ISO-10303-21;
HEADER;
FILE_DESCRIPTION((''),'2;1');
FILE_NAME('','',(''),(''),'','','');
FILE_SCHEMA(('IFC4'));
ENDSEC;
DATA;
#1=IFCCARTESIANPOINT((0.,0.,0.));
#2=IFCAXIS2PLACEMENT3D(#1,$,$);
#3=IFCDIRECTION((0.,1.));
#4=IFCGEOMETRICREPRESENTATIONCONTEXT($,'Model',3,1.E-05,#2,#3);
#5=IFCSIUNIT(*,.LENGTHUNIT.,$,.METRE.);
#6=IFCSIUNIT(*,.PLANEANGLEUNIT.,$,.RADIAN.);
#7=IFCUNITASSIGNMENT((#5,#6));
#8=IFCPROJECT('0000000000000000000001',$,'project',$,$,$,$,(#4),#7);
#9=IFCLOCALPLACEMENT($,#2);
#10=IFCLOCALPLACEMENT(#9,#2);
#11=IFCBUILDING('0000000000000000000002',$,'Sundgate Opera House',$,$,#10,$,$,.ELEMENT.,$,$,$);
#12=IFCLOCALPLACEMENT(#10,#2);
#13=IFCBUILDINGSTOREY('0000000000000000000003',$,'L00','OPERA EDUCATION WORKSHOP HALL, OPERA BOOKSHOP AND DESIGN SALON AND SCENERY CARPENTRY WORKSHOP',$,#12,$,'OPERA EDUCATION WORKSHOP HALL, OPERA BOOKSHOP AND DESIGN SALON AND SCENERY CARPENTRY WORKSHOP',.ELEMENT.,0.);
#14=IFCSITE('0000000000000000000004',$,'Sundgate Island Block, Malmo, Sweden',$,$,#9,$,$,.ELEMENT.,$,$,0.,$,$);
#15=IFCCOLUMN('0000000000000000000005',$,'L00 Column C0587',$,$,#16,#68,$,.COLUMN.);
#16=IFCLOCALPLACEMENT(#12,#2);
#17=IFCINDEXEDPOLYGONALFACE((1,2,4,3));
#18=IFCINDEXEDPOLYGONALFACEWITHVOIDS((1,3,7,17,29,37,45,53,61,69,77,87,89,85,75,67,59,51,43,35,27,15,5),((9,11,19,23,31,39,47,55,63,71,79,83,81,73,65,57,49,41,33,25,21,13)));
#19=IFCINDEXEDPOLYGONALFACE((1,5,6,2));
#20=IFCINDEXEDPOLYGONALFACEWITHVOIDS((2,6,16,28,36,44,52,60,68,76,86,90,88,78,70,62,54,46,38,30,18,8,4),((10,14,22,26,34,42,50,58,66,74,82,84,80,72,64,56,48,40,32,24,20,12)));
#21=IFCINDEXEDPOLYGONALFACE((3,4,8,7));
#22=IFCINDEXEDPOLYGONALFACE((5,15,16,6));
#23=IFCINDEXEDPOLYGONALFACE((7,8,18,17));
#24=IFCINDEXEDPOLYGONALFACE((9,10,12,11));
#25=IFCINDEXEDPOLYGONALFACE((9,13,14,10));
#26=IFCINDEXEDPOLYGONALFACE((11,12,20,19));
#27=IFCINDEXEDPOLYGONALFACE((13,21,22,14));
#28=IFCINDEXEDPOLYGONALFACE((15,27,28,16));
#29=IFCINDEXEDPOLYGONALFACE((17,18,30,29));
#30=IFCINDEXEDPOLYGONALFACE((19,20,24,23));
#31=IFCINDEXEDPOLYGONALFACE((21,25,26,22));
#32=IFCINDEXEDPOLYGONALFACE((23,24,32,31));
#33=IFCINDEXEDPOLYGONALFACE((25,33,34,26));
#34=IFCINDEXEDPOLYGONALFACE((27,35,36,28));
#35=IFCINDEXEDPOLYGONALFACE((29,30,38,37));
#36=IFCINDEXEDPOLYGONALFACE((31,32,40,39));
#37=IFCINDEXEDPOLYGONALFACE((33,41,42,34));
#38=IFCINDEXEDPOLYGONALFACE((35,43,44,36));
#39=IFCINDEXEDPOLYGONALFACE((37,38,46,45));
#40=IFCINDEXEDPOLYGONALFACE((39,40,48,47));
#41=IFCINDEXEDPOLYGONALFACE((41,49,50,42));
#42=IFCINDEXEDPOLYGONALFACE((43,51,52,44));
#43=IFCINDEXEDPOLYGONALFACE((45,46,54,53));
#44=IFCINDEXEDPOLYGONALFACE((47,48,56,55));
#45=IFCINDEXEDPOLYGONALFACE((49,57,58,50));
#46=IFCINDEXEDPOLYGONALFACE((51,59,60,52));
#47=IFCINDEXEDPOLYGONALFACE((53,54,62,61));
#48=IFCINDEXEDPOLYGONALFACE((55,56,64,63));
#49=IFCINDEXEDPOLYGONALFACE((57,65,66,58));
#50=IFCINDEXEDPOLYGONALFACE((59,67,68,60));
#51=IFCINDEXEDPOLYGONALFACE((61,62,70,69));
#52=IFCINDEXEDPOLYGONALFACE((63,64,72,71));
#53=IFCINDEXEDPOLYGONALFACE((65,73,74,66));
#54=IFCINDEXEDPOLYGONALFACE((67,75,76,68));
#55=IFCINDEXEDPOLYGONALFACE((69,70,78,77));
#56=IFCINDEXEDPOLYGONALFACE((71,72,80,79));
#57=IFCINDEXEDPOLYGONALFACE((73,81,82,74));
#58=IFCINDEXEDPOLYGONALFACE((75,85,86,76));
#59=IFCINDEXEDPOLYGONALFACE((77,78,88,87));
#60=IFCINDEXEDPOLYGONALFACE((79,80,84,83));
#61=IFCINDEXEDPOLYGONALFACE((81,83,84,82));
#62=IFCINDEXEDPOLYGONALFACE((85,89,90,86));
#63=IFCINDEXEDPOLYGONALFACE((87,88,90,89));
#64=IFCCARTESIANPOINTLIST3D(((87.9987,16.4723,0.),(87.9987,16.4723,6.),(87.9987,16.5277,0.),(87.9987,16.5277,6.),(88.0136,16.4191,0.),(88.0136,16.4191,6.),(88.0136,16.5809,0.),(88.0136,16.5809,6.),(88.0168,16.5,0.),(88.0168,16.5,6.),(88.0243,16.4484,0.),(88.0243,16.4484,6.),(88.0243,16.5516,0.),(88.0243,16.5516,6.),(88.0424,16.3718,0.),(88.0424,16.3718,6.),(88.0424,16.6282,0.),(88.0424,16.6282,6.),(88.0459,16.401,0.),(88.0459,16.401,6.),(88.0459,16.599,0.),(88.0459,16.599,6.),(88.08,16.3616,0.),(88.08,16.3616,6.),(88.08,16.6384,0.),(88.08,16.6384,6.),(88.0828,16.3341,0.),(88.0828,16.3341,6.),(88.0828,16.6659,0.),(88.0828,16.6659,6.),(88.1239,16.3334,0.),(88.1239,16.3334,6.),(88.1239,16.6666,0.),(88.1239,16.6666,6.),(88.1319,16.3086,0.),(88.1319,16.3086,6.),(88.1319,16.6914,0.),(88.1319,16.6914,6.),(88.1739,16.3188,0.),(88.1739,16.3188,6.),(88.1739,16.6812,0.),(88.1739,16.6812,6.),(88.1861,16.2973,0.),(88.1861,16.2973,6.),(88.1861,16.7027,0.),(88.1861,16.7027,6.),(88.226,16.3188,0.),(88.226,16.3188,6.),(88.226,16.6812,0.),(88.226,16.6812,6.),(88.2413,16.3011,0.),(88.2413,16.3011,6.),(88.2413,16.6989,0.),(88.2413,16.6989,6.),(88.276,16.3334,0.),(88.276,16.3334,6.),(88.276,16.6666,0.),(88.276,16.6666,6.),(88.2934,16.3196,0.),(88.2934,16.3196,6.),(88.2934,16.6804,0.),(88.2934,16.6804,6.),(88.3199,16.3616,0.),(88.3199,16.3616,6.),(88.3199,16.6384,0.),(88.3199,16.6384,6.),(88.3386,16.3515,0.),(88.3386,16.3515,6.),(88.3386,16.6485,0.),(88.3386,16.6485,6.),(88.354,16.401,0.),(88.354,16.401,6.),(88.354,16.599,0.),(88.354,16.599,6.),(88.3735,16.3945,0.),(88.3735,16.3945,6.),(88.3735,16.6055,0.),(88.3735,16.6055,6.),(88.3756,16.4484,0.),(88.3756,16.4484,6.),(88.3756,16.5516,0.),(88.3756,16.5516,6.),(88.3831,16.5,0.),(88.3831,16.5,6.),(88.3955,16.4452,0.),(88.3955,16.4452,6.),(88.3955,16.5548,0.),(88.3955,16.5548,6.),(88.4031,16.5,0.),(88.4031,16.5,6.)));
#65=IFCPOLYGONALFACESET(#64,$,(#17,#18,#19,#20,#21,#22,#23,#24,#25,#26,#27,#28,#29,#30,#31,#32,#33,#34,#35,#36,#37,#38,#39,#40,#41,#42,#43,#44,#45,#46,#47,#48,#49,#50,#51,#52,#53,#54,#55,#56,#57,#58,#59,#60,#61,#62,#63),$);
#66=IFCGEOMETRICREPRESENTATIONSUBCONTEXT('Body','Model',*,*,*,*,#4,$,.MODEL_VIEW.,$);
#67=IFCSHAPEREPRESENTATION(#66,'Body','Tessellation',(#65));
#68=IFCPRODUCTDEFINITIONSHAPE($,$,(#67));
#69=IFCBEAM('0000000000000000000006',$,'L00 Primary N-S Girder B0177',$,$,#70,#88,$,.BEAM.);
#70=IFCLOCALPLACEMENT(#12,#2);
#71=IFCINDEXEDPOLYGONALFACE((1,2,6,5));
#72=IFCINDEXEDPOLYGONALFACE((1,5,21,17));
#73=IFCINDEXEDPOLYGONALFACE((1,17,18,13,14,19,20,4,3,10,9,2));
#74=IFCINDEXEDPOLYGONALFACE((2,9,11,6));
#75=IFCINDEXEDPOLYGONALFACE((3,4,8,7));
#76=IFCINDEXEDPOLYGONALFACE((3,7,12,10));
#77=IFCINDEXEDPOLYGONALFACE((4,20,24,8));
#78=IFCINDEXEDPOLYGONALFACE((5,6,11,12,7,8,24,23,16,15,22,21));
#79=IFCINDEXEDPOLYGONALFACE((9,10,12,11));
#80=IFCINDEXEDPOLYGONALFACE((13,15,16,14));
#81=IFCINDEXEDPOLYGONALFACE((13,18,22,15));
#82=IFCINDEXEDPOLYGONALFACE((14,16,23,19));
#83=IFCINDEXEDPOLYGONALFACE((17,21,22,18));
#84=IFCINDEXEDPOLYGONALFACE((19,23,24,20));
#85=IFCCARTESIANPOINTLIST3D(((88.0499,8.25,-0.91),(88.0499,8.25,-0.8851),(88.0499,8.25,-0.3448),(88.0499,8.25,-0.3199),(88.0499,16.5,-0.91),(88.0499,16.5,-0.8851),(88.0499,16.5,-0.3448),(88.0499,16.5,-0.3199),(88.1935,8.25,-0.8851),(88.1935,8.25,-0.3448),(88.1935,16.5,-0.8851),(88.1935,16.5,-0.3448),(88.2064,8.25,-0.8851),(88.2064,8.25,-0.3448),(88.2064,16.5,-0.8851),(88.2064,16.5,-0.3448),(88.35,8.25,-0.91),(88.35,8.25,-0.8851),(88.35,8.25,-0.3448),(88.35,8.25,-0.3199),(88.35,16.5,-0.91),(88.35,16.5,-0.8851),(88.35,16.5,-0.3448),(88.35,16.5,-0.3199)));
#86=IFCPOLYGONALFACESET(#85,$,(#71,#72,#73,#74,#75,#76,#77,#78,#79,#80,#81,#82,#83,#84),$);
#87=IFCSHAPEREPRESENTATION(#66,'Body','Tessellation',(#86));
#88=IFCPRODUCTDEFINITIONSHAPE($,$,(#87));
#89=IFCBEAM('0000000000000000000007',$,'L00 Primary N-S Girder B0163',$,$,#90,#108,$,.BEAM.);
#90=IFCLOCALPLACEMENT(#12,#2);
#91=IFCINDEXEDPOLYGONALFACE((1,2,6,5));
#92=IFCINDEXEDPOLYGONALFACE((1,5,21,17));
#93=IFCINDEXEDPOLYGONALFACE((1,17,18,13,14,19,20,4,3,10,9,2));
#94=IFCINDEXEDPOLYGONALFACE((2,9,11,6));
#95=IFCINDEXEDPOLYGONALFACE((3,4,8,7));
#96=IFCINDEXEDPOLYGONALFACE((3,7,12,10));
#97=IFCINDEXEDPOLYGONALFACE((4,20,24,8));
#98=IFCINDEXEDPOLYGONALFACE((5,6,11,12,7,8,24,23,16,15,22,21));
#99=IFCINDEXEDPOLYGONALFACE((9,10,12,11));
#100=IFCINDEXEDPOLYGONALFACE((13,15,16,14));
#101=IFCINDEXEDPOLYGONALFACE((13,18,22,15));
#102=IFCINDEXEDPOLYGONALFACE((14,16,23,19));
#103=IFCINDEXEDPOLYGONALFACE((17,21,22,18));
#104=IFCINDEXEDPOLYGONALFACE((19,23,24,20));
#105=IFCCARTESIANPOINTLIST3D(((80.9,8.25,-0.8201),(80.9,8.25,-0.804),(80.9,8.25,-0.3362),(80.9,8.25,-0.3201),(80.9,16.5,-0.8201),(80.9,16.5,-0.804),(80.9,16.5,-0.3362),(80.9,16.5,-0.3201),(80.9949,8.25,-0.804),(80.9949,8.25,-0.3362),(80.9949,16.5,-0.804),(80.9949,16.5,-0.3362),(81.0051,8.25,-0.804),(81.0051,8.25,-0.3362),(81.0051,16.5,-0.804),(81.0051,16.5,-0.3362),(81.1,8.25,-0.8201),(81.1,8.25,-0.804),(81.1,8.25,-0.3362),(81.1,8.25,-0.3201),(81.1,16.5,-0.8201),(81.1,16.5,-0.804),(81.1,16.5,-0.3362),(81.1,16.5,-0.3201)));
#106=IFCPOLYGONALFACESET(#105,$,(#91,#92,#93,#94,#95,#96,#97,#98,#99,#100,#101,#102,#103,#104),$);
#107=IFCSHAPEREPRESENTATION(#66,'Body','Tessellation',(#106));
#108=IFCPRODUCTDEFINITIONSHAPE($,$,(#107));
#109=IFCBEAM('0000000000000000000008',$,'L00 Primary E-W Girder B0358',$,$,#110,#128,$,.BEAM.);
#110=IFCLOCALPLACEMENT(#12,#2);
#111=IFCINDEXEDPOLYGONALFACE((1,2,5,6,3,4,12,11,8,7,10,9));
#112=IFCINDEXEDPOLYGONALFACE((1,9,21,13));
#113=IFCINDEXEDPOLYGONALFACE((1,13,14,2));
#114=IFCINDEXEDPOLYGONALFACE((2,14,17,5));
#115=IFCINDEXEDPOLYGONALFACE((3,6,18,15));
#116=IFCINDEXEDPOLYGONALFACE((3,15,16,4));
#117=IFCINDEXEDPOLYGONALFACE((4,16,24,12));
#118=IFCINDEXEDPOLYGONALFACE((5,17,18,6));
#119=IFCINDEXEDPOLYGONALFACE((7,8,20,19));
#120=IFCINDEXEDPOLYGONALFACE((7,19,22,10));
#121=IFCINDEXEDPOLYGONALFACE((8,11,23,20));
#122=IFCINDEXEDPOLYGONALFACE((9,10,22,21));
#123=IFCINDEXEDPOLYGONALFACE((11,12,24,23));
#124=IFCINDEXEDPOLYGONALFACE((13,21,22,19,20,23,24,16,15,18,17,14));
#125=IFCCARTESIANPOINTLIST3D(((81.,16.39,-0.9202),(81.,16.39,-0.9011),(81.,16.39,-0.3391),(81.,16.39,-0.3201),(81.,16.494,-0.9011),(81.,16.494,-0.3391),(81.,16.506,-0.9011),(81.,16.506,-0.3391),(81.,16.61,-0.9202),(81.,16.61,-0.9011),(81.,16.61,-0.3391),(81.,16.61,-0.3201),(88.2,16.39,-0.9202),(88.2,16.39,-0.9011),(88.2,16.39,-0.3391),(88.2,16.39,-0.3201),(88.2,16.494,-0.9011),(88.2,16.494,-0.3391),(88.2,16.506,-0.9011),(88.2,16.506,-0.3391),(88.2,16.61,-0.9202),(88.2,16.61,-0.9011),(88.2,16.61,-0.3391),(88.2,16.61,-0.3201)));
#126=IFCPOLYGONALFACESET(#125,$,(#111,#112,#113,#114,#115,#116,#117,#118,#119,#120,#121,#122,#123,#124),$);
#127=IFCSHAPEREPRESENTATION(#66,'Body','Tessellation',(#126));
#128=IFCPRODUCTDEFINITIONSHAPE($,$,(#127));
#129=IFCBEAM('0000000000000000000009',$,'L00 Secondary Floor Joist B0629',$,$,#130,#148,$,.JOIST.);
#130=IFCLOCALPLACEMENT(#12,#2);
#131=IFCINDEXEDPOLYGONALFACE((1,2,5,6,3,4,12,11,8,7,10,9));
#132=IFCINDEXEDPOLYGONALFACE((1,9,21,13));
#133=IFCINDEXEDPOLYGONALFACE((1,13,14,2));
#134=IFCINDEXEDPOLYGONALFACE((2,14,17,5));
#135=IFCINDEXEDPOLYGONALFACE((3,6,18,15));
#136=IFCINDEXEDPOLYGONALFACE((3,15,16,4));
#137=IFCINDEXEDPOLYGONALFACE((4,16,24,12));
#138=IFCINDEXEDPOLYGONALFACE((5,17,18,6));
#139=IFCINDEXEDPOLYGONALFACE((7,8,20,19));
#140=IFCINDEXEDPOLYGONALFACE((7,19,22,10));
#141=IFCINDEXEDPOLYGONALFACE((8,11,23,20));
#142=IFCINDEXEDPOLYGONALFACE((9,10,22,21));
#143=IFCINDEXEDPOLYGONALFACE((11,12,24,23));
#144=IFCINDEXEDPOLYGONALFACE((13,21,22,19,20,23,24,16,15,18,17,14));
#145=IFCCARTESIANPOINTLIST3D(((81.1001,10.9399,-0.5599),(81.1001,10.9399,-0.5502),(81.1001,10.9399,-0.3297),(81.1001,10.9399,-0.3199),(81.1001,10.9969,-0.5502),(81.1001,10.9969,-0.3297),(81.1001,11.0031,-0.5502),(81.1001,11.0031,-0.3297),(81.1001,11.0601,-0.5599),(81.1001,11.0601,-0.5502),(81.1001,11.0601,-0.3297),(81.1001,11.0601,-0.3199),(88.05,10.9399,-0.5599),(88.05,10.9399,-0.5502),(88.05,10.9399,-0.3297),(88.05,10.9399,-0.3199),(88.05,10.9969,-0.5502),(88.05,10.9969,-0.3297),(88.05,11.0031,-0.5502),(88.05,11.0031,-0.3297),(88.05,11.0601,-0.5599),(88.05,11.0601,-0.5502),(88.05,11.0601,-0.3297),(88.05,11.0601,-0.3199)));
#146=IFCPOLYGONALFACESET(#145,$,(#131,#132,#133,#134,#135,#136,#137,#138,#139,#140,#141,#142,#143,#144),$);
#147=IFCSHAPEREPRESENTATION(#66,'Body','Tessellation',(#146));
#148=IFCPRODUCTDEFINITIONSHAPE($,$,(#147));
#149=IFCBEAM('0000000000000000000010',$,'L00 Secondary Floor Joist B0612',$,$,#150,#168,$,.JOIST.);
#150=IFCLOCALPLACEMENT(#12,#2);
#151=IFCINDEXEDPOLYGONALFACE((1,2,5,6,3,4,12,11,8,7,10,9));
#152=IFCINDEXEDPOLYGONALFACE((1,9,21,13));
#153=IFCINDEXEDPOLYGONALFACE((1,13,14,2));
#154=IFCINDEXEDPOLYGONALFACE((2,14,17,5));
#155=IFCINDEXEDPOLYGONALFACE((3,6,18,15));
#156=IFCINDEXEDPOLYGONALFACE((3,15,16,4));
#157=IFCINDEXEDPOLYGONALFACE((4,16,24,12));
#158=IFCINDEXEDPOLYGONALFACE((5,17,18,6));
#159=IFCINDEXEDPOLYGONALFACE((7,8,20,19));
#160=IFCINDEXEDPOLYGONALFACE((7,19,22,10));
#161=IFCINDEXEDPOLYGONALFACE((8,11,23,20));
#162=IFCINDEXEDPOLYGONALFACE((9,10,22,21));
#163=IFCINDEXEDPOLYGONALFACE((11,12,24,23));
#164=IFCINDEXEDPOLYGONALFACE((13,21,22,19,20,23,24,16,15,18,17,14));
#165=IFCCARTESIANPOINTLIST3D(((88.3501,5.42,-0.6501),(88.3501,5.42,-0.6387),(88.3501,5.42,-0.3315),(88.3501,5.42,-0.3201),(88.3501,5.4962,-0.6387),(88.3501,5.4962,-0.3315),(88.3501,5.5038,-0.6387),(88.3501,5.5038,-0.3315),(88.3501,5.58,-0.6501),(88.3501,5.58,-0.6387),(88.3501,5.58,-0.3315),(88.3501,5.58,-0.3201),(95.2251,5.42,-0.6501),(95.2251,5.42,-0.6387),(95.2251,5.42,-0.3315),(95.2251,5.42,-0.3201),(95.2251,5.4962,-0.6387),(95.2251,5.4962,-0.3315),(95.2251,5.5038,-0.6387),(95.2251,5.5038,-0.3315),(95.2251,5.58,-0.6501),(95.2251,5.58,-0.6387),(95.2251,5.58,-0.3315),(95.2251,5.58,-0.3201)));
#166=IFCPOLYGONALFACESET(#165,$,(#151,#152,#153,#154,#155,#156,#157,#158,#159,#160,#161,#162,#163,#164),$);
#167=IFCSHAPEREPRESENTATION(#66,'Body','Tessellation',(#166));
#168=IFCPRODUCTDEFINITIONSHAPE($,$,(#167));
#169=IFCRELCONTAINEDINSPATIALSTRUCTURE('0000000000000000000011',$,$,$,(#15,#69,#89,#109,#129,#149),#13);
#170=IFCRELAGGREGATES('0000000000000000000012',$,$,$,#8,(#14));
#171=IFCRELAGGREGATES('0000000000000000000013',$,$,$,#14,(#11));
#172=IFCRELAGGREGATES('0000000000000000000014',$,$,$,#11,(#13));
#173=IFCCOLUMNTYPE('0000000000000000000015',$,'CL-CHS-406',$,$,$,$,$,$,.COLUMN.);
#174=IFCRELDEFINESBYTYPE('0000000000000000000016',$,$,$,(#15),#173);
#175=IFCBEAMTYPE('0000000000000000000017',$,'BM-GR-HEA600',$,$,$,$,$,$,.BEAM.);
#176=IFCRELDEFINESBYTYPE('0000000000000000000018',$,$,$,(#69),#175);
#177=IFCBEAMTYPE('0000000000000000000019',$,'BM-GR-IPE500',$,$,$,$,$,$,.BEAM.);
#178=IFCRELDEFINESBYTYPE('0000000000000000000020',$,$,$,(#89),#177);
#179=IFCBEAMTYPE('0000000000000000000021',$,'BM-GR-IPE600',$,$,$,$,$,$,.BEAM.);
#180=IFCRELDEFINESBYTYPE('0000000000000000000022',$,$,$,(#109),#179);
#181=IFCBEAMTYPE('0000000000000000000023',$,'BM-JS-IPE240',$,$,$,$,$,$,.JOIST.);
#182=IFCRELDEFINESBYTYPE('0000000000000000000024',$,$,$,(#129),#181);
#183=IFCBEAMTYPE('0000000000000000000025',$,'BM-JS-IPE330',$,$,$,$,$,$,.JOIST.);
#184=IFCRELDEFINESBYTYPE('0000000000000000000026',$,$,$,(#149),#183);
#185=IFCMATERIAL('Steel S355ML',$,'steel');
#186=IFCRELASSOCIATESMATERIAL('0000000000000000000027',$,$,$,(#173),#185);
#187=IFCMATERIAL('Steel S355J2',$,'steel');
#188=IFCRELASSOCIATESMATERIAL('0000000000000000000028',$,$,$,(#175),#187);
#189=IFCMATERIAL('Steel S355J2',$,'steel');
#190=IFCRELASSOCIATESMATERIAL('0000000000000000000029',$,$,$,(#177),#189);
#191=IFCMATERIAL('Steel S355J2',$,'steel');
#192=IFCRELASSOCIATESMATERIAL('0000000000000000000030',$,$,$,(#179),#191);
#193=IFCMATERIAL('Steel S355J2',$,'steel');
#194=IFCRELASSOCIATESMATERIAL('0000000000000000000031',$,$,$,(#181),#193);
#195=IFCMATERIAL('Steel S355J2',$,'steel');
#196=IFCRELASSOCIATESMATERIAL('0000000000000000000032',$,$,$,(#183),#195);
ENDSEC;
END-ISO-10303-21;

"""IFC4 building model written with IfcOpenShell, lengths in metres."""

from ifc_helpers import new_model, si_unit, direction, frame, origin, origin_2d, place, context, subcontext, project, spatial, hollow_circle, i_section, extrude, material, material_profile, profile_set, type_object, element, save


model = new_model("IFC4")

# Units and contexts
model_context = context("Model", 3, precision=1e-05, world=origin(), true_north=direction((0.0, 1.0)))
body_context = subcontext(model_context, "Body", "Model", "MODEL_VIEW")
ifc_project = project(units=[si_unit("LENGTHUNIT", "METRE"), si_unit("PLANEANGLEUNIT", "RADIAN")], contexts=[model_context])

# Site, building, storey
site_placement = place(None, origin())
site = spatial("IfcSite", under=ifc_project, at=site_placement, Name="Sundgate Island Block, Malmo, Sweden", CompositionType="ELEMENT", RefElevation=0.0)
building_placement = place(site_placement, origin())
building = spatial("IfcBuilding", under=site, at=building_placement, Name="Sundgate Opera House", CompositionType="ELEMENT")
storey_placement = place(building_placement, origin())
storey = spatial("IfcBuildingStorey", under=building, at=storey_placement, Name="L00", Description="OPERA EDUCATION WORKSHOP HALL, OPERA BOOKSHOP AND DESIGN SALON AND SCENERY CARPENTRY WORKSHOP", LongName="OPERA EDUCATION WORKSHOP HALL, OPERA BOOKSHOP AND DESIGN SALON AND SCENERY CARPENTRY WORKSHOP", CompositionType="ELEMENT", Elevation=0.0)

# Column
ifc_material_1 = material(Name="Steel S355ML", Category="steel")
ifc_material_profile_1 = material_profile(ifc_material_1, hollow_circle(Radius=0.2031, WallThickness=0.02, at=origin_2d()), Name="CHS 406.4x20.0")
ifc_profile_set_1 = profile_set([ifc_material_profile_1], Name="Steel S355ML")
column_type = type_object("IfcColumnType", Name="CL-CHS-406", PredefinedType="COLUMN", material=ifc_profile_set_1)
for number, where, z_axis, x_axis, name in (
    (1, (88.2, 16.5, 0.0), (0.0, 0.0, 1.0), (1.0, 0.0, 0.0), "L00 Column C0587"),
):
    element("IfcColumn", number, at=place(storey_placement, frame(where, z_axis=z_axis, x_axis=x_axis)), inside=storey, type_object=column_type, Name=name, PredefinedType="COLUMN", context=body_context, shape_type="SweptSolid", body=[
        extrude(hollow_circle(Radius=0.2031, WallThickness=0.02, at=origin_2d()), origin(), (0.0, 0.0, 1.0), 6.0),
    ])

# Beams
ifc_material_2 = material(Name="Steel S355J2", Category="steel")
ifc_material_profile_2 = material_profile(ifc_material_2, i_section(OverallWidth=0.3, OverallDepth=0.5901, WebThickness=0.0129, FlangeThickness=0.0249, at=origin_2d()), Name="HEA 600")
ifc_profile_set_2 = profile_set([ifc_material_profile_2], Name="Steel S355J2")
beam_type_1 = type_object("IfcBeamType", Name="BM-GR-HEA600", PredefinedType="BEAM", material=ifc_profile_set_2)
beam_1_placement = place(storey_placement, frame((88.2, 8.25, -0.615), z_axis=(0.0, 1.0, 0.0), x_axis=(-1.0, 0.0, 0.0)))
element("IfcBeam", 2, at=beam_1_placement, inside=storey, type_object=beam_type_1, Name="L00 Primary N-S Girder B0177", PredefinedType="BEAM", context=body_context, shape_type="SweptSolid", body=[
    extrude(i_section(OverallWidth=0.3, OverallDepth=0.5901, WebThickness=0.0129, FlangeThickness=0.0249, at=origin_2d()), origin(), (0.0, 0.0, 1.0), 8.25),
])
ifc_material_3 = material(Name="Steel S355J2", Category="steel")
ifc_material_profile_3 = material_profile(ifc_material_3, i_section(OverallWidth=0.2, OverallDepth=0.5, WebThickness=0.0103, FlangeThickness=0.0161, at=origin_2d()), Name="IPE 500")
ifc_profile_set_3 = profile_set([ifc_material_profile_3], Name="Steel S355J2")
beam_type_2 = type_object("IfcBeamType", Name="BM-GR-IPE500", PredefinedType="BEAM", material=ifc_profile_set_3)
beam_2_placement = place(storey_placement, frame((81.0, 8.25, -0.5701), z_axis=(0.0, 1.0, 0.0), x_axis=(-1.0, 0.0, 0.0)))
element("IfcBeam", 3, at=beam_2_placement, inside=storey, type_object=beam_type_2, Name="L00 Primary N-S Girder B0163", PredefinedType="BEAM", context=body_context, shape_type="SweptSolid", body=[
    extrude(i_section(OverallWidth=0.2, OverallDepth=0.5, WebThickness=0.0103, FlangeThickness=0.0161, at=origin_2d()), origin(), (0.0, 0.0, 1.0), 8.25),
])
ifc_material_4 = material(Name="Steel S355J2", Category="steel")
ifc_material_profile_4 = material_profile(ifc_material_4, i_section(OverallWidth=0.22, OverallDepth=0.6001, WebThickness=0.012, FlangeThickness=0.019, at=origin_2d()), Name="IPE 600")
ifc_profile_set_4 = profile_set([ifc_material_profile_4], Name="Steel S355J2")
beam_type_3 = type_object("IfcBeamType", Name="BM-GR-IPE600", PredefinedType="BEAM", material=ifc_profile_set_4)
beam_3_placement = place(storey_placement, frame((81.0, 16.5, -0.6201), z_axis=(1.0, 0.0, 0.0), x_axis=(0.0, 1.0, 0.0)))
element("IfcBeam", 4, at=beam_3_placement, inside=storey, type_object=beam_type_3, Name="L00 Primary E-W Girder B0358", PredefinedType="BEAM", context=body_context, shape_type="SweptSolid", body=[
    extrude(i_section(OverallWidth=0.22, OverallDepth=0.6001, WebThickness=0.012, FlangeThickness=0.019, at=origin_2d()), origin(), (0.0, 0.0, 1.0), 7.2),
])
ifc_material_5 = material(Name="Steel S355J2", Category="steel")
ifc_material_profile_5 = material_profile(ifc_material_5, i_section(OverallWidth=0.1201, OverallDepth=0.24, WebThickness=0.0061, FlangeThickness=0.0098, at=origin_2d()), Name="IPE 240")
ifc_profile_set_5 = profile_set([ifc_material_profile_5], Name="Steel S355J2")
beam_type_4 = type_object("IfcBeamType", Name="BM-JS-IPE240", PredefinedType="JOIST", material=ifc_profile_set_5)
beam_4_placement = place(storey_placement, frame((81.1001, 11.0, -0.4399), z_axis=(1.0, 0.0, 0.0), x_axis=(0.0, 1.0, 0.0)))
element("IfcBeam", 5, at=beam_4_placement, inside=storey, type_object=beam_type_4, Name="L00 Secondary Floor Joist B0629", PredefinedType="JOIST", context=body_context, shape_type="SweptSolid", body=[
    extrude(i_section(OverallWidth=0.1201, OverallDepth=0.24, WebThickness=0.0061, FlangeThickness=0.0098, at=origin_2d()), origin(), (0.0, 0.0, 1.0), 6.95),
])
ifc_material_6 = material(Name="Steel S355J2", Category="steel")
ifc_material_profile_6 = material_profile(ifc_material_6, i_section(OverallWidth=0.1599, OverallDepth=0.3301, WebThickness=0.0076, FlangeThickness=0.0115, at=origin_2d()), Name="IPE 330")
ifc_profile_set_6 = profile_set([ifc_material_profile_6], Name="Steel S355J2")
beam_type_5 = type_object("IfcBeamType", Name="BM-JS-IPE330", PredefinedType="JOIST", material=ifc_profile_set_6)
beam_5_placement = place(storey_placement, frame((88.3501, 5.5, -0.4851), z_axis=(1.0, 0.0, 0.0), x_axis=(0.0, 1.0, 0.0)))
element("IfcBeam", 6, at=beam_5_placement, inside=storey, type_object=beam_type_5, Name="L00 Secondary Floor Joist B0612", PredefinedType="JOIST", context=body_context, shape_type="SweptSolid", body=[
    extrude(i_section(OverallWidth=0.1599, OverallDepth=0.3301, WebThickness=0.0076, FlangeThickness=0.0115, at=origin_2d()), origin(), (0.0, 0.0, 1.0), 6.875),
])

save(model, "model.ifc")
